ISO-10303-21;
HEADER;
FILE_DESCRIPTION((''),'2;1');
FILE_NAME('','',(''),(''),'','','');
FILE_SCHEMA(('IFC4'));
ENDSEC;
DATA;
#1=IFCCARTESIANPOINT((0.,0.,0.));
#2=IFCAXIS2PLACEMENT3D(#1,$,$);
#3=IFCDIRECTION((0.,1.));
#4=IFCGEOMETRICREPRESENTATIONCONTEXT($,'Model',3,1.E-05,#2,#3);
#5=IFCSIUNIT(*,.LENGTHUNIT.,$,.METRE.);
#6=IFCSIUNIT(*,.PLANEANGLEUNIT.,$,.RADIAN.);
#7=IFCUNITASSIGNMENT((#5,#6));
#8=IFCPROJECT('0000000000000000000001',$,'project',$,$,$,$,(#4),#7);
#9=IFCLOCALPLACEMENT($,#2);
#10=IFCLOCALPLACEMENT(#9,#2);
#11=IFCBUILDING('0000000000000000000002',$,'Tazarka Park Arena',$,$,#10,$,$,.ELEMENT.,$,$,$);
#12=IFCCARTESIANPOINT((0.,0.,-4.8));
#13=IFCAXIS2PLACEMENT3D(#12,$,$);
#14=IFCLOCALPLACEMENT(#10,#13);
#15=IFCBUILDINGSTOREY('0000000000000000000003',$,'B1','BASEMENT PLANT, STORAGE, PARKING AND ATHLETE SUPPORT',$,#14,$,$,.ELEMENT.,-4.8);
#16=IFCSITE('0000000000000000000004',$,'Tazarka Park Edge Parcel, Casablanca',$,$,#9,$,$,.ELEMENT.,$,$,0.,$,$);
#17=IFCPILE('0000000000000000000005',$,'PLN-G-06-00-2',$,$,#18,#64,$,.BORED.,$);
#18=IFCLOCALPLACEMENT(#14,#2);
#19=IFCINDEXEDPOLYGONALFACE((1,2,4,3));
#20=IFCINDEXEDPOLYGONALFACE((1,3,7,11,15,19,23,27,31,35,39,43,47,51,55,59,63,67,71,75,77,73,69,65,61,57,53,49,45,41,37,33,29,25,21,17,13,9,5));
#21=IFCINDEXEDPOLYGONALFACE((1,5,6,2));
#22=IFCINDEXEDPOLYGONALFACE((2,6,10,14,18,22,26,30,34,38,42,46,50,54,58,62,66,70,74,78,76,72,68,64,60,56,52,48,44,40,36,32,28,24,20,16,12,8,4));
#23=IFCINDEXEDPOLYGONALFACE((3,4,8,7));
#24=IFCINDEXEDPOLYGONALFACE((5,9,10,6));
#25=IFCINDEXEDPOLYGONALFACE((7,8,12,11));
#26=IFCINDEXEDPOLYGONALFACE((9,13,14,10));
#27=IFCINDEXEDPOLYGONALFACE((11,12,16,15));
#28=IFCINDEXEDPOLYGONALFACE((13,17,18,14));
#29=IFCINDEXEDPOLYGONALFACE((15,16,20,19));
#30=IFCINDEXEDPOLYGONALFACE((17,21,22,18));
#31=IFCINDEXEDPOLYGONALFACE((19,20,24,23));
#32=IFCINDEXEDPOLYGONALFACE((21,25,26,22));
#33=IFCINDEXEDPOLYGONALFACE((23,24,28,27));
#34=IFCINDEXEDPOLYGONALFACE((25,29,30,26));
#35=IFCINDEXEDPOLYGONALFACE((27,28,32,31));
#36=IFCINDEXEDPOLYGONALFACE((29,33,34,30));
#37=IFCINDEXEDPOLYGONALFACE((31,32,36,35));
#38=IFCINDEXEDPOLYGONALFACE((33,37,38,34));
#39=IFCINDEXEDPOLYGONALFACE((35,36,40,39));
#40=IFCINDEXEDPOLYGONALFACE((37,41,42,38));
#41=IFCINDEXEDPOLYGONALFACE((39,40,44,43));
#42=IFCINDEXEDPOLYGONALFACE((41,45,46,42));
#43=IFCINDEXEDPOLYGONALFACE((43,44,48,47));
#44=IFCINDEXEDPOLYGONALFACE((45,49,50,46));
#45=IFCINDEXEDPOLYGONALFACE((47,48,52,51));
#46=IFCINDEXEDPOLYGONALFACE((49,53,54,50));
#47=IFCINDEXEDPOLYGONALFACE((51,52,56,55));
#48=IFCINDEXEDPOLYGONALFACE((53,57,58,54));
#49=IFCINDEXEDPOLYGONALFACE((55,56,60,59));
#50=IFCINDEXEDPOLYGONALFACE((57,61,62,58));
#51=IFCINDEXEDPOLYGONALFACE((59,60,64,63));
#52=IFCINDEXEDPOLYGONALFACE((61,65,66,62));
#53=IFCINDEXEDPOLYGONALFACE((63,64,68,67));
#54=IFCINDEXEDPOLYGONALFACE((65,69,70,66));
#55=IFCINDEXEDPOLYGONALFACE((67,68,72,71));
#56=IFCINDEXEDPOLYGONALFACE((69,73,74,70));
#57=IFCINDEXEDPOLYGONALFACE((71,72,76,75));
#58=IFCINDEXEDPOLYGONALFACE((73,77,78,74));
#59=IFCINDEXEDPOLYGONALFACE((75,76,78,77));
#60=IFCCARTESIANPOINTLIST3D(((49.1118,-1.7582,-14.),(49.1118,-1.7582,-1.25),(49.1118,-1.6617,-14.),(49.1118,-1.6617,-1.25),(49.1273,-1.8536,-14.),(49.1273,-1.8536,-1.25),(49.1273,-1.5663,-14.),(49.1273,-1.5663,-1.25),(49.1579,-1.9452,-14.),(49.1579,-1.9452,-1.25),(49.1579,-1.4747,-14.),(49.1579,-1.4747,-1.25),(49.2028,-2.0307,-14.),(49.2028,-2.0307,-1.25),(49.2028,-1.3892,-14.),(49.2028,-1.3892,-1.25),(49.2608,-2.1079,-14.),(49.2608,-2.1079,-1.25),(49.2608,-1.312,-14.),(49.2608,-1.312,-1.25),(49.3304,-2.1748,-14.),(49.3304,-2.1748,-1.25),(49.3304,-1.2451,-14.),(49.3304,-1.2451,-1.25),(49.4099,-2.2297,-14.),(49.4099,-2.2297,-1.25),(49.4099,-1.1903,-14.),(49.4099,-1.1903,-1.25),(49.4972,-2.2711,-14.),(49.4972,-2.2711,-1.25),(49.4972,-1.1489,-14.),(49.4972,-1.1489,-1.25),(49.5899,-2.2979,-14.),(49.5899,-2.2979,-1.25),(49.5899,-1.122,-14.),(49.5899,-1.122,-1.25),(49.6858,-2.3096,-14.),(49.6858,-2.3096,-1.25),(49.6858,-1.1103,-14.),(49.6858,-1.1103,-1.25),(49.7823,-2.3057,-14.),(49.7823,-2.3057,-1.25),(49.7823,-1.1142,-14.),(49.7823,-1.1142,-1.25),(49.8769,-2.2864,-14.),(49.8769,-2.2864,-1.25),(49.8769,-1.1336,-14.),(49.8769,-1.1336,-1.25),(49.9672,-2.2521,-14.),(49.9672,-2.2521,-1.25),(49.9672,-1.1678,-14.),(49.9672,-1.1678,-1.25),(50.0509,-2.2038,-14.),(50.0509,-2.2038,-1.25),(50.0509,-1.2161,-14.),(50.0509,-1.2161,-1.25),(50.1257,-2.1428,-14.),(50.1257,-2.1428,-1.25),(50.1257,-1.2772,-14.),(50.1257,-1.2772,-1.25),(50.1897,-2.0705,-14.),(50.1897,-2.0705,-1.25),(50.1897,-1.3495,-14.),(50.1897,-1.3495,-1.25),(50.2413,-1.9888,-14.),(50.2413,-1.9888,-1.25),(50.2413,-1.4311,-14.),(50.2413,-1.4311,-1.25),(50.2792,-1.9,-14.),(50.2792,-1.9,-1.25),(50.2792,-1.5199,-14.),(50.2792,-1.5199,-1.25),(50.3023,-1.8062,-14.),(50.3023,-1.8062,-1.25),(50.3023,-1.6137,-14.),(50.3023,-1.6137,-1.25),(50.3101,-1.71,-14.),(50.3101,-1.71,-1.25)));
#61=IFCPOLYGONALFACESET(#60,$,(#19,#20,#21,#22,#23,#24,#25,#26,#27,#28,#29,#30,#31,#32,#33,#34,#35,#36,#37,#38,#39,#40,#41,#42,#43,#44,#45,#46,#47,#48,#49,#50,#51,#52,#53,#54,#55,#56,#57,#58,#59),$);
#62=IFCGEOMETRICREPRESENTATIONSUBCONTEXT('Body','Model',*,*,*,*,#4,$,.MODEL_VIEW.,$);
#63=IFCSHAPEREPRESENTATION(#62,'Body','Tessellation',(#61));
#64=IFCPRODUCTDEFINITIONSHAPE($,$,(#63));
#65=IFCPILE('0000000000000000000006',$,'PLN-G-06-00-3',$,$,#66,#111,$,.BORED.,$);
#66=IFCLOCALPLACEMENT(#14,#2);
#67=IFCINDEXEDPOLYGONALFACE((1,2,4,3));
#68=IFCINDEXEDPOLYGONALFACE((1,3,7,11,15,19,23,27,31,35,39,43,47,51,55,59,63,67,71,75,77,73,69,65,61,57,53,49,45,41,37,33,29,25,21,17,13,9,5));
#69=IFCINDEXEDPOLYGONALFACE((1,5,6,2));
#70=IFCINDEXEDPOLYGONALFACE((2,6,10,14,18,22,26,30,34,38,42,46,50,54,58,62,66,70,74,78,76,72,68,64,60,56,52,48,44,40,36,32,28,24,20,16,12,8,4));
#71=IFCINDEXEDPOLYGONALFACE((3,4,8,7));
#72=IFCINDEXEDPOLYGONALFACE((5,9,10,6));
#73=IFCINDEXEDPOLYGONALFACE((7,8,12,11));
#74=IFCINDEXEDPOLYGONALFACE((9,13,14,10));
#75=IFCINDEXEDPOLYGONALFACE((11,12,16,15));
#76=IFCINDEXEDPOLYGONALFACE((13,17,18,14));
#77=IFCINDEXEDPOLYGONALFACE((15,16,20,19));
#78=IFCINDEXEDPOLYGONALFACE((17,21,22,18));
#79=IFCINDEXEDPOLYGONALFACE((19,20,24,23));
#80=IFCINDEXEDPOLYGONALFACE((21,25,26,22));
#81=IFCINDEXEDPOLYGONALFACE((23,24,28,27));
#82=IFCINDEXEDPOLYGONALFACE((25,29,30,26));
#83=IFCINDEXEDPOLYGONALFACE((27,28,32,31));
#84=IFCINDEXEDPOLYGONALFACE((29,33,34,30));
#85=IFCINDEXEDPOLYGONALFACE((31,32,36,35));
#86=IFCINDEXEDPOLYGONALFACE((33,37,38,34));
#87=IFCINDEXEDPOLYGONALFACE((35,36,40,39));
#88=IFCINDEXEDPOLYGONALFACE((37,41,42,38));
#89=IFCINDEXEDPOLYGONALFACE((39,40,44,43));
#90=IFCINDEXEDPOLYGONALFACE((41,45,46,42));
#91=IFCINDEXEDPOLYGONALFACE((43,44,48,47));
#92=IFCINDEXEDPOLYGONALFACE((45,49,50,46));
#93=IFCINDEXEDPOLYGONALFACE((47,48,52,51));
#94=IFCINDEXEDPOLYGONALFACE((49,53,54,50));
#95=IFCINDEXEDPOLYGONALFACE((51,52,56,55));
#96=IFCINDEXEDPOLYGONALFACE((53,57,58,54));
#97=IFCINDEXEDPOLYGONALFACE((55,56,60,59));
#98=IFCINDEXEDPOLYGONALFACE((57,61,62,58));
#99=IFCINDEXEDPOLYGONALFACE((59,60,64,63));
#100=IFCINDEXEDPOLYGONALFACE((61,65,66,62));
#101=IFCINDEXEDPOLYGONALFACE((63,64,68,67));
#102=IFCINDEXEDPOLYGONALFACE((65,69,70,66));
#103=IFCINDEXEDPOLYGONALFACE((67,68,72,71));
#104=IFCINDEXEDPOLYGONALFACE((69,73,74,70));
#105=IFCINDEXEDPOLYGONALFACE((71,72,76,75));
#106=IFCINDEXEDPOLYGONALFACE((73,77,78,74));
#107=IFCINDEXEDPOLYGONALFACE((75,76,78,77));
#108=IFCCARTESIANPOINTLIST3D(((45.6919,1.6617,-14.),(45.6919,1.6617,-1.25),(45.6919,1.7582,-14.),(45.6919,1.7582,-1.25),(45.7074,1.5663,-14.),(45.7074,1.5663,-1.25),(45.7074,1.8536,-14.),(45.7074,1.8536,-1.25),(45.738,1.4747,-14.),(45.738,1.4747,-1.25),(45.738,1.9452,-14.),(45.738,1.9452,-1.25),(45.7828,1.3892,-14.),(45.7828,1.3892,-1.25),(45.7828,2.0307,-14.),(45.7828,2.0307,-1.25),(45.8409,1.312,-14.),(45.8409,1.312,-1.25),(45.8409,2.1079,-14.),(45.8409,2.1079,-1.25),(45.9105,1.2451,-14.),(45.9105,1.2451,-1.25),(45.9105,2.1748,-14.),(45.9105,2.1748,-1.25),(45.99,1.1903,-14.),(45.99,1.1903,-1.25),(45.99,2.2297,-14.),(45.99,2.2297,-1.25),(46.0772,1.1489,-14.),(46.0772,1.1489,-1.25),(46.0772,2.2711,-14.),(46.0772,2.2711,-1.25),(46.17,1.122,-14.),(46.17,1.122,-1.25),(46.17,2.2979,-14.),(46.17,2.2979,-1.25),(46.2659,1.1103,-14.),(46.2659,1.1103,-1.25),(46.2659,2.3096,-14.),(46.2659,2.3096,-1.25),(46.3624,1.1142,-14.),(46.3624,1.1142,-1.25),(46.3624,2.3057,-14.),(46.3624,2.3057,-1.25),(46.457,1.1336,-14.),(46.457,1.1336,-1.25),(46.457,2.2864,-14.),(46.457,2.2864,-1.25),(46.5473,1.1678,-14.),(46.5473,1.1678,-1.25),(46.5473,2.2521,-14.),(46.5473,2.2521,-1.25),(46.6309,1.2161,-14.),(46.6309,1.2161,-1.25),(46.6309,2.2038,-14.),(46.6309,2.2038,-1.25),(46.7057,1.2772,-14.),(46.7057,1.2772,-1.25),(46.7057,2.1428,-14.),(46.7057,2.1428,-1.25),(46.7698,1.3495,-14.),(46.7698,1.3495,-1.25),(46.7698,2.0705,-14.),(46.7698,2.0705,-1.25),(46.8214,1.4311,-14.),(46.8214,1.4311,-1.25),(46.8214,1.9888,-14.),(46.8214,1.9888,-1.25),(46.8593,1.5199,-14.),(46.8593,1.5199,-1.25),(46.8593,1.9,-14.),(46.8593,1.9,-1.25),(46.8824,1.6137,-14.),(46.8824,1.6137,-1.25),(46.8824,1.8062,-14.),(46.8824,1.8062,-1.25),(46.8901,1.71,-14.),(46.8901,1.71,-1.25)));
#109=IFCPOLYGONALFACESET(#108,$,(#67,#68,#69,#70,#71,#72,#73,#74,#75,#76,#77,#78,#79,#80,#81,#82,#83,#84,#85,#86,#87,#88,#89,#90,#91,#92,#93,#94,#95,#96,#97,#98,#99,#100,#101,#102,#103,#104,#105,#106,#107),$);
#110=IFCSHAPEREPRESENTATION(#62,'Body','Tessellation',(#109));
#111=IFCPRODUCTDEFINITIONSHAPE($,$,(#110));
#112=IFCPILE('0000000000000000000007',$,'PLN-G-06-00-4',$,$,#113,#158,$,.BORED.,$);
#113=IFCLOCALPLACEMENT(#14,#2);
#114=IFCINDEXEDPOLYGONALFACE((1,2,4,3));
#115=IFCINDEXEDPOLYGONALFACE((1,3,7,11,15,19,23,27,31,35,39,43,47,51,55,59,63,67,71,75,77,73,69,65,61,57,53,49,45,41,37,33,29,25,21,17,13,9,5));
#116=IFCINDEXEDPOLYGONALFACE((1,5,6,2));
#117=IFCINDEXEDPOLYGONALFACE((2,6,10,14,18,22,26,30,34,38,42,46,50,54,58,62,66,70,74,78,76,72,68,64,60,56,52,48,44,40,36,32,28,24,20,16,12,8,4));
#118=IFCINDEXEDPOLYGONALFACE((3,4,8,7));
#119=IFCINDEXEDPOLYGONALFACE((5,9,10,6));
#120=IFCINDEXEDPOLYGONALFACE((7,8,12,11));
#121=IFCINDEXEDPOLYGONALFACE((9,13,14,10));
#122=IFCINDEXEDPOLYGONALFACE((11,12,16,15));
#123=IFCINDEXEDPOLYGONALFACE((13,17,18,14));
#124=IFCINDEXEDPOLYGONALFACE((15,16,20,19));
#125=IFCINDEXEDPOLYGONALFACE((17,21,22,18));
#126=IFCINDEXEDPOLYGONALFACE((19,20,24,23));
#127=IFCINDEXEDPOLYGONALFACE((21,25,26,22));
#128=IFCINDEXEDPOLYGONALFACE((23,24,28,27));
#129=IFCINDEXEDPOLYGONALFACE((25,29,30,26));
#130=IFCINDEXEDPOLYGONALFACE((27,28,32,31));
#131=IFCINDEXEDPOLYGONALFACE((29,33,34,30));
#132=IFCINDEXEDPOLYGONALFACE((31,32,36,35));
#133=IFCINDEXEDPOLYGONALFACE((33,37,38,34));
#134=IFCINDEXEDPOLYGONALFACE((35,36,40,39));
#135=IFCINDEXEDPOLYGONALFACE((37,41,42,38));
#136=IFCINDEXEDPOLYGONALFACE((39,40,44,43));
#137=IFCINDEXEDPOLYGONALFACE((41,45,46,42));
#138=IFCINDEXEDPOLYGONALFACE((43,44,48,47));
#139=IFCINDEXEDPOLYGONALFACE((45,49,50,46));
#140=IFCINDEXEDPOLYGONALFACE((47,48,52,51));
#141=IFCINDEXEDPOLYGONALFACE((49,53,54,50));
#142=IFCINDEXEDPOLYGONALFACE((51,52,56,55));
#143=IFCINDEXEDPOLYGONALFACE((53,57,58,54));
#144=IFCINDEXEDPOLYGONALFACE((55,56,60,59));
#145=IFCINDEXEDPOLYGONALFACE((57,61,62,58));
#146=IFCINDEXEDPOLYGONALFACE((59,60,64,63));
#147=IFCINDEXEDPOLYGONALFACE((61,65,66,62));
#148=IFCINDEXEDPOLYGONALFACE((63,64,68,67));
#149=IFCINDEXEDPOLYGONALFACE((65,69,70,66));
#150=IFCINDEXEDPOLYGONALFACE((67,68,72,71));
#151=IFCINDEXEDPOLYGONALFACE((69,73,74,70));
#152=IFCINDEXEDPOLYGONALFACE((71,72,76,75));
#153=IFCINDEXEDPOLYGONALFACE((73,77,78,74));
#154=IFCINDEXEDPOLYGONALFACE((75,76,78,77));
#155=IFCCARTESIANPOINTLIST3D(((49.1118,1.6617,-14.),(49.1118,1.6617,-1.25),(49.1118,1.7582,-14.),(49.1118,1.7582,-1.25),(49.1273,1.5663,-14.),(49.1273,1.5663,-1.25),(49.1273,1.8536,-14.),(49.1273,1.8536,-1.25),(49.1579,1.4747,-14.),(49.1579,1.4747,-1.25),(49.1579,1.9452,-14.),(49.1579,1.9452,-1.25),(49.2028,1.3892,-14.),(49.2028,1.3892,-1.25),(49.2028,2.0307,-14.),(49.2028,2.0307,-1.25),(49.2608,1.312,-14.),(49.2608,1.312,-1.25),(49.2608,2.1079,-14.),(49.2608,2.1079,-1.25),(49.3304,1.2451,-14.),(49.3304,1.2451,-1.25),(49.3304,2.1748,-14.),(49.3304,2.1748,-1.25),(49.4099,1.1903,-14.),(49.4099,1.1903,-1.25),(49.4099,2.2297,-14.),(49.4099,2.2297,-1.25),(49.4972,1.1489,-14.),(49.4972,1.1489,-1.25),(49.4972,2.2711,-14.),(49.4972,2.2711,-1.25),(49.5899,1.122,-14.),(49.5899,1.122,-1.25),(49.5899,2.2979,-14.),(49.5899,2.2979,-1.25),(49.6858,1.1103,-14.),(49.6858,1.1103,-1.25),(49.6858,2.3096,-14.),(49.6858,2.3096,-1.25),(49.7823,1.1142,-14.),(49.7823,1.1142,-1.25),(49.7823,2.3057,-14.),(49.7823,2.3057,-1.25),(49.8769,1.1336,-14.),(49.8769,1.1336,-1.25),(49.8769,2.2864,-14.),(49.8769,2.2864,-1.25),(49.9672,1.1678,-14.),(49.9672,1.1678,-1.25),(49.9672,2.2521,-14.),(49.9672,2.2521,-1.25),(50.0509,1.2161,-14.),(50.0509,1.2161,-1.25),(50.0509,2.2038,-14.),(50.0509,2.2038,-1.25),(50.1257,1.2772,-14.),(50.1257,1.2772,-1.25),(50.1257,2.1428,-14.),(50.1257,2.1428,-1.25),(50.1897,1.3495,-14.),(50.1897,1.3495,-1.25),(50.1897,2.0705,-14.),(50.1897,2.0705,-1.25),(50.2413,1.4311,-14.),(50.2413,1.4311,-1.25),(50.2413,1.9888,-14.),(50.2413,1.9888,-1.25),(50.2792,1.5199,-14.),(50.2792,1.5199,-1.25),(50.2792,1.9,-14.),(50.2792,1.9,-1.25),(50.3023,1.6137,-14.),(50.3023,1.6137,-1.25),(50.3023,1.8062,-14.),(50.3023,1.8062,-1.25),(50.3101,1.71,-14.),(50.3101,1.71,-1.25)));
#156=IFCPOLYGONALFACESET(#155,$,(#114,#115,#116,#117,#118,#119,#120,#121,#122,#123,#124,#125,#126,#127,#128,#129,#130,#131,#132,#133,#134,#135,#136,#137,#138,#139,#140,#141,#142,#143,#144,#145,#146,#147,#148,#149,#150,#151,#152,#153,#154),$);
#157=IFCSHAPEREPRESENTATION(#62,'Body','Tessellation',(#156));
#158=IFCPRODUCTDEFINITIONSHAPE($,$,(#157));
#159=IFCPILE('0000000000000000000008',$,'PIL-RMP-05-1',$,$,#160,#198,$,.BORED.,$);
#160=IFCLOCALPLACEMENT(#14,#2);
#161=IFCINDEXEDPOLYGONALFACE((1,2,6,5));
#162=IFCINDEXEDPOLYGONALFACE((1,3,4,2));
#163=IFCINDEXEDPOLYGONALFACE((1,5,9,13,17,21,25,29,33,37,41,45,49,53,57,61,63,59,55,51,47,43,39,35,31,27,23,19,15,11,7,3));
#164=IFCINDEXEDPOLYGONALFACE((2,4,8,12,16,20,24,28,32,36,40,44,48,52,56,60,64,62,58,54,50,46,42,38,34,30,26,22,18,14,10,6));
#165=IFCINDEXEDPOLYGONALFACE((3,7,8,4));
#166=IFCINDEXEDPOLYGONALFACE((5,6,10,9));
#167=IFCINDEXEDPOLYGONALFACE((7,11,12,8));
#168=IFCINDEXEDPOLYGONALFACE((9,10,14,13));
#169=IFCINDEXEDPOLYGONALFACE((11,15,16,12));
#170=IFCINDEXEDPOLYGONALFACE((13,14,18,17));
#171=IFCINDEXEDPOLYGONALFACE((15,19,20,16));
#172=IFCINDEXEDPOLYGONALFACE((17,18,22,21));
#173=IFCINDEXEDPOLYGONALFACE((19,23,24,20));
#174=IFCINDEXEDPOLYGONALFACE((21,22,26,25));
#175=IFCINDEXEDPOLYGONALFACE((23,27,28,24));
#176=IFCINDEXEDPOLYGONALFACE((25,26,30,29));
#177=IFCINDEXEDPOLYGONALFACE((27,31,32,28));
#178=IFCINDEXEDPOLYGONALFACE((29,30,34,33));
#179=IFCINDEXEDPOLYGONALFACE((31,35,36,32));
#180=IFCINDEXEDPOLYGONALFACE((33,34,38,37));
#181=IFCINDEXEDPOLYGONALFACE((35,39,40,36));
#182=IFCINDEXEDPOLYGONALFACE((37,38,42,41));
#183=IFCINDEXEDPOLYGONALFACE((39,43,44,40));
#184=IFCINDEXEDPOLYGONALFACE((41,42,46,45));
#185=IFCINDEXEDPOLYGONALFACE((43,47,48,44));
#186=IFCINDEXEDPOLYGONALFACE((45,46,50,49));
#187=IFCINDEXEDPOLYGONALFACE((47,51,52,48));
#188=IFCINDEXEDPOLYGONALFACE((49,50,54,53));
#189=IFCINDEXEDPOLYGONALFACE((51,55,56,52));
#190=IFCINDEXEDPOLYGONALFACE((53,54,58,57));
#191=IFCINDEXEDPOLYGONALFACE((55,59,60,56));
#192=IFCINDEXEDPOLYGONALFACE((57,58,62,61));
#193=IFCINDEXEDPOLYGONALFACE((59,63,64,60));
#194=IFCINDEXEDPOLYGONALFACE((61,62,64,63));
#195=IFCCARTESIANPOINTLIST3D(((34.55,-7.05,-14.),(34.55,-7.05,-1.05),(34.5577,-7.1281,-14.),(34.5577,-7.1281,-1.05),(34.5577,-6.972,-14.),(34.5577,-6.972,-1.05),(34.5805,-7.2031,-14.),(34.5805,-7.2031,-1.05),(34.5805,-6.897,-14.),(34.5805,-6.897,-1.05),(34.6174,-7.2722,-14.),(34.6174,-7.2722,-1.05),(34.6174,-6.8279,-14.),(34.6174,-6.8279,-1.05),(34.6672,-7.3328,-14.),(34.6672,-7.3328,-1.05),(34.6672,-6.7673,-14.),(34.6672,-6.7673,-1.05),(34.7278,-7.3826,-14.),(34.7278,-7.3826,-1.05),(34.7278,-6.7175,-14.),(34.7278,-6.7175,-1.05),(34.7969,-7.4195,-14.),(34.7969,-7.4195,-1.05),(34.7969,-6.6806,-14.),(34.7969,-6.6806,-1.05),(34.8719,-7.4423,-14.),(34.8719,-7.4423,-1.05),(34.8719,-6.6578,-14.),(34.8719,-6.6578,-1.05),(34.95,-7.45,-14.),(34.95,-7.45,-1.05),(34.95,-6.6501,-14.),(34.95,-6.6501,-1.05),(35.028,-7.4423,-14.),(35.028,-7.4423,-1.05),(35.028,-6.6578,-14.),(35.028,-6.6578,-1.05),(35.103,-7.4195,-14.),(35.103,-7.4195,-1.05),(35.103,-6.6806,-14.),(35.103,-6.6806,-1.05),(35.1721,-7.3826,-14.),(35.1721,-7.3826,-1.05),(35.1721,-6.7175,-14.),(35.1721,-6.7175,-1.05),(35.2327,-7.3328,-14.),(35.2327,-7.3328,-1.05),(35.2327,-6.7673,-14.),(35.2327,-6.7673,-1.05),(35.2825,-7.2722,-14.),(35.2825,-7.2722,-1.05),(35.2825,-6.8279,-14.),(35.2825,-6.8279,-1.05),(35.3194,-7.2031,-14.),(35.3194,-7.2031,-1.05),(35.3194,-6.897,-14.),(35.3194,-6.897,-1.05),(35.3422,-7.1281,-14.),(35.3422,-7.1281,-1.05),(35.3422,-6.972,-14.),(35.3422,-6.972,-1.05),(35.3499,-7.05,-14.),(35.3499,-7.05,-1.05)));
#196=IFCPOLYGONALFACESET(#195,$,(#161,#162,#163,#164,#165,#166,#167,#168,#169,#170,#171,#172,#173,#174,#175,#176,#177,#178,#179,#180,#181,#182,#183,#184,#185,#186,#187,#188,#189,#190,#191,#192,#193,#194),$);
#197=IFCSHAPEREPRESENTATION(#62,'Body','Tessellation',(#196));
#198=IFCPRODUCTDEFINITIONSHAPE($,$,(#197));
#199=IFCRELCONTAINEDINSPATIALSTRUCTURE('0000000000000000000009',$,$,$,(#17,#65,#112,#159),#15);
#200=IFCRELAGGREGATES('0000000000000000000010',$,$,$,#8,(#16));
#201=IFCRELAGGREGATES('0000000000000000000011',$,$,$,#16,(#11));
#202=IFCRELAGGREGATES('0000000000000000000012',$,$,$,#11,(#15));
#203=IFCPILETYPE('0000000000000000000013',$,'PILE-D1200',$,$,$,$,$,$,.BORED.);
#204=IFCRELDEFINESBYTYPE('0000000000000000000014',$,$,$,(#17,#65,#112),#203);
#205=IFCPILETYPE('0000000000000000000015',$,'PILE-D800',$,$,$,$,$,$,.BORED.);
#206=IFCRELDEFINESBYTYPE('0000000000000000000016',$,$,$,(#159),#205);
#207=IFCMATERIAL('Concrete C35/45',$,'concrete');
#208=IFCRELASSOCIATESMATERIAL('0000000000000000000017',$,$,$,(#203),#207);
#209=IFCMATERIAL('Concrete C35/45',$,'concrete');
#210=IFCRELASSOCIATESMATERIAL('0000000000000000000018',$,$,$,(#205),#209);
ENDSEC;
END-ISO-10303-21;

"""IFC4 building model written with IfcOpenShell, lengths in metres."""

from ifc_helpers import new_model, si_unit, direction, frame, origin, origin_2d, place, context, subcontext, project, spatial, circle, extrude, material, material_profile, profile_set, type_object, element, save


model = new_model("IFC4")

# Units and contexts
model_context = context("Model", 3, precision=1e-05, world=origin(), true_north=direction((0.0, 1.0)))
body_context = subcontext(model_context, "Body", "Model", "MODEL_VIEW")
ifc_project = project(units=[si_unit("LENGTHUNIT", "METRE"), si_unit("PLANEANGLEUNIT", "RADIAN")], contexts=[model_context])

# Site, building, storey
site_placement = place(None, origin())
site = spatial("IfcSite", under=ifc_project, at=site_placement, Name="Tazarka Park Edge Parcel, Casablanca", CompositionType="ELEMENT", RefElevation=0.0)
building_placement = place(site_placement, origin())
building = spatial("IfcBuilding", under=site, at=building_placement, Name="Tazarka Park Arena", CompositionType="ELEMENT")
storey_placement = place(building_placement, frame((0.0, 0.0, -4.8)))
storey = spatial("IfcBuildingStorey", under=building, at=storey_placement, Name="B1", Description="BASEMENT PLANT, STORAGE, PARKING AND ATHLETE SUPPORT", CompositionType="ELEMENT", Elevation=-4.8)

# Piles
ifc_material_1 = material(Name="Concrete C35/45", Category="concrete")
ifc_material_profile_1 = material_profile(ifc_material_1, circle(Radius=0.6001, at=origin_2d()), Name="Concrete C35/45")
ifc_profile_set_1 = profile_set([ifc_material_profile_1], Name="Concrete C35/45")
pile_type_1 = type_object("IfcPileType", Name="PILE-D1200", PredefinedType="BORED", material=ifc_profile_set_1)
for number, where, z_axis, x_axis, name in (
    (1, (49.71, -1.71, -1.25), (0.0, 0.0, -1.0), (1.0, 0.0, 0.0), "PLN-G-06-00-2"),
    (2, (46.29, 1.71, -1.25), (0.0, 0.0, -1.0), (1.0, 0.0, 0.0), "PLN-G-06-00-3"),
    (3, (49.71, 1.71, -1.25), (0.0, 0.0, -1.0), (1.0, 0.0, 0.0), "PLN-G-06-00-4"),
):
    element("IfcPile", number, at=place(storey_placement, frame(where, z_axis=z_axis, x_axis=x_axis)), inside=storey, type_object=pile_type_1, Name=name, PredefinedType="BORED", context=body_context, shape_type="SweptSolid", body=[
        extrude(circle(Radius=0.6001, at=origin_2d()), origin(), (0.0, 0.0, 1.0), 12.75),
    ])
ifc_material_2 = material(Name="Concrete C35/45", Category="concrete")
ifc_material_profile_2 = material_profile(ifc_material_2, circle(Radius=0.3999, at=origin_2d()), Name="Concrete C35/45")
ifc_profile_set_2 = profile_set([ifc_material_profile_2], Name="Concrete C35/45")
pile_type_2 = type_object("IfcPileType", Name="PILE-D800", PredefinedType="BORED", material=ifc_profile_set_2)
for number, where, z_axis, x_axis, name in (
    (4, (34.95, -7.05, -1.05), (0.0, 0.0, -1.0), (1.0, 0.0, 0.0), "PIL-RMP-05-1"),
):
    element("IfcPile", number, at=place(storey_placement, frame(where, z_axis=z_axis, x_axis=x_axis)), inside=storey, type_object=pile_type_2, Name=name, PredefinedType="BORED", context=body_context, shape_type="SweptSolid", body=[
        extrude(circle(Radius=0.3999, at=origin_2d()), origin(), (0.0, 0.0, 1.0), 12.95),
    ])

save(model, "model.ifc")
